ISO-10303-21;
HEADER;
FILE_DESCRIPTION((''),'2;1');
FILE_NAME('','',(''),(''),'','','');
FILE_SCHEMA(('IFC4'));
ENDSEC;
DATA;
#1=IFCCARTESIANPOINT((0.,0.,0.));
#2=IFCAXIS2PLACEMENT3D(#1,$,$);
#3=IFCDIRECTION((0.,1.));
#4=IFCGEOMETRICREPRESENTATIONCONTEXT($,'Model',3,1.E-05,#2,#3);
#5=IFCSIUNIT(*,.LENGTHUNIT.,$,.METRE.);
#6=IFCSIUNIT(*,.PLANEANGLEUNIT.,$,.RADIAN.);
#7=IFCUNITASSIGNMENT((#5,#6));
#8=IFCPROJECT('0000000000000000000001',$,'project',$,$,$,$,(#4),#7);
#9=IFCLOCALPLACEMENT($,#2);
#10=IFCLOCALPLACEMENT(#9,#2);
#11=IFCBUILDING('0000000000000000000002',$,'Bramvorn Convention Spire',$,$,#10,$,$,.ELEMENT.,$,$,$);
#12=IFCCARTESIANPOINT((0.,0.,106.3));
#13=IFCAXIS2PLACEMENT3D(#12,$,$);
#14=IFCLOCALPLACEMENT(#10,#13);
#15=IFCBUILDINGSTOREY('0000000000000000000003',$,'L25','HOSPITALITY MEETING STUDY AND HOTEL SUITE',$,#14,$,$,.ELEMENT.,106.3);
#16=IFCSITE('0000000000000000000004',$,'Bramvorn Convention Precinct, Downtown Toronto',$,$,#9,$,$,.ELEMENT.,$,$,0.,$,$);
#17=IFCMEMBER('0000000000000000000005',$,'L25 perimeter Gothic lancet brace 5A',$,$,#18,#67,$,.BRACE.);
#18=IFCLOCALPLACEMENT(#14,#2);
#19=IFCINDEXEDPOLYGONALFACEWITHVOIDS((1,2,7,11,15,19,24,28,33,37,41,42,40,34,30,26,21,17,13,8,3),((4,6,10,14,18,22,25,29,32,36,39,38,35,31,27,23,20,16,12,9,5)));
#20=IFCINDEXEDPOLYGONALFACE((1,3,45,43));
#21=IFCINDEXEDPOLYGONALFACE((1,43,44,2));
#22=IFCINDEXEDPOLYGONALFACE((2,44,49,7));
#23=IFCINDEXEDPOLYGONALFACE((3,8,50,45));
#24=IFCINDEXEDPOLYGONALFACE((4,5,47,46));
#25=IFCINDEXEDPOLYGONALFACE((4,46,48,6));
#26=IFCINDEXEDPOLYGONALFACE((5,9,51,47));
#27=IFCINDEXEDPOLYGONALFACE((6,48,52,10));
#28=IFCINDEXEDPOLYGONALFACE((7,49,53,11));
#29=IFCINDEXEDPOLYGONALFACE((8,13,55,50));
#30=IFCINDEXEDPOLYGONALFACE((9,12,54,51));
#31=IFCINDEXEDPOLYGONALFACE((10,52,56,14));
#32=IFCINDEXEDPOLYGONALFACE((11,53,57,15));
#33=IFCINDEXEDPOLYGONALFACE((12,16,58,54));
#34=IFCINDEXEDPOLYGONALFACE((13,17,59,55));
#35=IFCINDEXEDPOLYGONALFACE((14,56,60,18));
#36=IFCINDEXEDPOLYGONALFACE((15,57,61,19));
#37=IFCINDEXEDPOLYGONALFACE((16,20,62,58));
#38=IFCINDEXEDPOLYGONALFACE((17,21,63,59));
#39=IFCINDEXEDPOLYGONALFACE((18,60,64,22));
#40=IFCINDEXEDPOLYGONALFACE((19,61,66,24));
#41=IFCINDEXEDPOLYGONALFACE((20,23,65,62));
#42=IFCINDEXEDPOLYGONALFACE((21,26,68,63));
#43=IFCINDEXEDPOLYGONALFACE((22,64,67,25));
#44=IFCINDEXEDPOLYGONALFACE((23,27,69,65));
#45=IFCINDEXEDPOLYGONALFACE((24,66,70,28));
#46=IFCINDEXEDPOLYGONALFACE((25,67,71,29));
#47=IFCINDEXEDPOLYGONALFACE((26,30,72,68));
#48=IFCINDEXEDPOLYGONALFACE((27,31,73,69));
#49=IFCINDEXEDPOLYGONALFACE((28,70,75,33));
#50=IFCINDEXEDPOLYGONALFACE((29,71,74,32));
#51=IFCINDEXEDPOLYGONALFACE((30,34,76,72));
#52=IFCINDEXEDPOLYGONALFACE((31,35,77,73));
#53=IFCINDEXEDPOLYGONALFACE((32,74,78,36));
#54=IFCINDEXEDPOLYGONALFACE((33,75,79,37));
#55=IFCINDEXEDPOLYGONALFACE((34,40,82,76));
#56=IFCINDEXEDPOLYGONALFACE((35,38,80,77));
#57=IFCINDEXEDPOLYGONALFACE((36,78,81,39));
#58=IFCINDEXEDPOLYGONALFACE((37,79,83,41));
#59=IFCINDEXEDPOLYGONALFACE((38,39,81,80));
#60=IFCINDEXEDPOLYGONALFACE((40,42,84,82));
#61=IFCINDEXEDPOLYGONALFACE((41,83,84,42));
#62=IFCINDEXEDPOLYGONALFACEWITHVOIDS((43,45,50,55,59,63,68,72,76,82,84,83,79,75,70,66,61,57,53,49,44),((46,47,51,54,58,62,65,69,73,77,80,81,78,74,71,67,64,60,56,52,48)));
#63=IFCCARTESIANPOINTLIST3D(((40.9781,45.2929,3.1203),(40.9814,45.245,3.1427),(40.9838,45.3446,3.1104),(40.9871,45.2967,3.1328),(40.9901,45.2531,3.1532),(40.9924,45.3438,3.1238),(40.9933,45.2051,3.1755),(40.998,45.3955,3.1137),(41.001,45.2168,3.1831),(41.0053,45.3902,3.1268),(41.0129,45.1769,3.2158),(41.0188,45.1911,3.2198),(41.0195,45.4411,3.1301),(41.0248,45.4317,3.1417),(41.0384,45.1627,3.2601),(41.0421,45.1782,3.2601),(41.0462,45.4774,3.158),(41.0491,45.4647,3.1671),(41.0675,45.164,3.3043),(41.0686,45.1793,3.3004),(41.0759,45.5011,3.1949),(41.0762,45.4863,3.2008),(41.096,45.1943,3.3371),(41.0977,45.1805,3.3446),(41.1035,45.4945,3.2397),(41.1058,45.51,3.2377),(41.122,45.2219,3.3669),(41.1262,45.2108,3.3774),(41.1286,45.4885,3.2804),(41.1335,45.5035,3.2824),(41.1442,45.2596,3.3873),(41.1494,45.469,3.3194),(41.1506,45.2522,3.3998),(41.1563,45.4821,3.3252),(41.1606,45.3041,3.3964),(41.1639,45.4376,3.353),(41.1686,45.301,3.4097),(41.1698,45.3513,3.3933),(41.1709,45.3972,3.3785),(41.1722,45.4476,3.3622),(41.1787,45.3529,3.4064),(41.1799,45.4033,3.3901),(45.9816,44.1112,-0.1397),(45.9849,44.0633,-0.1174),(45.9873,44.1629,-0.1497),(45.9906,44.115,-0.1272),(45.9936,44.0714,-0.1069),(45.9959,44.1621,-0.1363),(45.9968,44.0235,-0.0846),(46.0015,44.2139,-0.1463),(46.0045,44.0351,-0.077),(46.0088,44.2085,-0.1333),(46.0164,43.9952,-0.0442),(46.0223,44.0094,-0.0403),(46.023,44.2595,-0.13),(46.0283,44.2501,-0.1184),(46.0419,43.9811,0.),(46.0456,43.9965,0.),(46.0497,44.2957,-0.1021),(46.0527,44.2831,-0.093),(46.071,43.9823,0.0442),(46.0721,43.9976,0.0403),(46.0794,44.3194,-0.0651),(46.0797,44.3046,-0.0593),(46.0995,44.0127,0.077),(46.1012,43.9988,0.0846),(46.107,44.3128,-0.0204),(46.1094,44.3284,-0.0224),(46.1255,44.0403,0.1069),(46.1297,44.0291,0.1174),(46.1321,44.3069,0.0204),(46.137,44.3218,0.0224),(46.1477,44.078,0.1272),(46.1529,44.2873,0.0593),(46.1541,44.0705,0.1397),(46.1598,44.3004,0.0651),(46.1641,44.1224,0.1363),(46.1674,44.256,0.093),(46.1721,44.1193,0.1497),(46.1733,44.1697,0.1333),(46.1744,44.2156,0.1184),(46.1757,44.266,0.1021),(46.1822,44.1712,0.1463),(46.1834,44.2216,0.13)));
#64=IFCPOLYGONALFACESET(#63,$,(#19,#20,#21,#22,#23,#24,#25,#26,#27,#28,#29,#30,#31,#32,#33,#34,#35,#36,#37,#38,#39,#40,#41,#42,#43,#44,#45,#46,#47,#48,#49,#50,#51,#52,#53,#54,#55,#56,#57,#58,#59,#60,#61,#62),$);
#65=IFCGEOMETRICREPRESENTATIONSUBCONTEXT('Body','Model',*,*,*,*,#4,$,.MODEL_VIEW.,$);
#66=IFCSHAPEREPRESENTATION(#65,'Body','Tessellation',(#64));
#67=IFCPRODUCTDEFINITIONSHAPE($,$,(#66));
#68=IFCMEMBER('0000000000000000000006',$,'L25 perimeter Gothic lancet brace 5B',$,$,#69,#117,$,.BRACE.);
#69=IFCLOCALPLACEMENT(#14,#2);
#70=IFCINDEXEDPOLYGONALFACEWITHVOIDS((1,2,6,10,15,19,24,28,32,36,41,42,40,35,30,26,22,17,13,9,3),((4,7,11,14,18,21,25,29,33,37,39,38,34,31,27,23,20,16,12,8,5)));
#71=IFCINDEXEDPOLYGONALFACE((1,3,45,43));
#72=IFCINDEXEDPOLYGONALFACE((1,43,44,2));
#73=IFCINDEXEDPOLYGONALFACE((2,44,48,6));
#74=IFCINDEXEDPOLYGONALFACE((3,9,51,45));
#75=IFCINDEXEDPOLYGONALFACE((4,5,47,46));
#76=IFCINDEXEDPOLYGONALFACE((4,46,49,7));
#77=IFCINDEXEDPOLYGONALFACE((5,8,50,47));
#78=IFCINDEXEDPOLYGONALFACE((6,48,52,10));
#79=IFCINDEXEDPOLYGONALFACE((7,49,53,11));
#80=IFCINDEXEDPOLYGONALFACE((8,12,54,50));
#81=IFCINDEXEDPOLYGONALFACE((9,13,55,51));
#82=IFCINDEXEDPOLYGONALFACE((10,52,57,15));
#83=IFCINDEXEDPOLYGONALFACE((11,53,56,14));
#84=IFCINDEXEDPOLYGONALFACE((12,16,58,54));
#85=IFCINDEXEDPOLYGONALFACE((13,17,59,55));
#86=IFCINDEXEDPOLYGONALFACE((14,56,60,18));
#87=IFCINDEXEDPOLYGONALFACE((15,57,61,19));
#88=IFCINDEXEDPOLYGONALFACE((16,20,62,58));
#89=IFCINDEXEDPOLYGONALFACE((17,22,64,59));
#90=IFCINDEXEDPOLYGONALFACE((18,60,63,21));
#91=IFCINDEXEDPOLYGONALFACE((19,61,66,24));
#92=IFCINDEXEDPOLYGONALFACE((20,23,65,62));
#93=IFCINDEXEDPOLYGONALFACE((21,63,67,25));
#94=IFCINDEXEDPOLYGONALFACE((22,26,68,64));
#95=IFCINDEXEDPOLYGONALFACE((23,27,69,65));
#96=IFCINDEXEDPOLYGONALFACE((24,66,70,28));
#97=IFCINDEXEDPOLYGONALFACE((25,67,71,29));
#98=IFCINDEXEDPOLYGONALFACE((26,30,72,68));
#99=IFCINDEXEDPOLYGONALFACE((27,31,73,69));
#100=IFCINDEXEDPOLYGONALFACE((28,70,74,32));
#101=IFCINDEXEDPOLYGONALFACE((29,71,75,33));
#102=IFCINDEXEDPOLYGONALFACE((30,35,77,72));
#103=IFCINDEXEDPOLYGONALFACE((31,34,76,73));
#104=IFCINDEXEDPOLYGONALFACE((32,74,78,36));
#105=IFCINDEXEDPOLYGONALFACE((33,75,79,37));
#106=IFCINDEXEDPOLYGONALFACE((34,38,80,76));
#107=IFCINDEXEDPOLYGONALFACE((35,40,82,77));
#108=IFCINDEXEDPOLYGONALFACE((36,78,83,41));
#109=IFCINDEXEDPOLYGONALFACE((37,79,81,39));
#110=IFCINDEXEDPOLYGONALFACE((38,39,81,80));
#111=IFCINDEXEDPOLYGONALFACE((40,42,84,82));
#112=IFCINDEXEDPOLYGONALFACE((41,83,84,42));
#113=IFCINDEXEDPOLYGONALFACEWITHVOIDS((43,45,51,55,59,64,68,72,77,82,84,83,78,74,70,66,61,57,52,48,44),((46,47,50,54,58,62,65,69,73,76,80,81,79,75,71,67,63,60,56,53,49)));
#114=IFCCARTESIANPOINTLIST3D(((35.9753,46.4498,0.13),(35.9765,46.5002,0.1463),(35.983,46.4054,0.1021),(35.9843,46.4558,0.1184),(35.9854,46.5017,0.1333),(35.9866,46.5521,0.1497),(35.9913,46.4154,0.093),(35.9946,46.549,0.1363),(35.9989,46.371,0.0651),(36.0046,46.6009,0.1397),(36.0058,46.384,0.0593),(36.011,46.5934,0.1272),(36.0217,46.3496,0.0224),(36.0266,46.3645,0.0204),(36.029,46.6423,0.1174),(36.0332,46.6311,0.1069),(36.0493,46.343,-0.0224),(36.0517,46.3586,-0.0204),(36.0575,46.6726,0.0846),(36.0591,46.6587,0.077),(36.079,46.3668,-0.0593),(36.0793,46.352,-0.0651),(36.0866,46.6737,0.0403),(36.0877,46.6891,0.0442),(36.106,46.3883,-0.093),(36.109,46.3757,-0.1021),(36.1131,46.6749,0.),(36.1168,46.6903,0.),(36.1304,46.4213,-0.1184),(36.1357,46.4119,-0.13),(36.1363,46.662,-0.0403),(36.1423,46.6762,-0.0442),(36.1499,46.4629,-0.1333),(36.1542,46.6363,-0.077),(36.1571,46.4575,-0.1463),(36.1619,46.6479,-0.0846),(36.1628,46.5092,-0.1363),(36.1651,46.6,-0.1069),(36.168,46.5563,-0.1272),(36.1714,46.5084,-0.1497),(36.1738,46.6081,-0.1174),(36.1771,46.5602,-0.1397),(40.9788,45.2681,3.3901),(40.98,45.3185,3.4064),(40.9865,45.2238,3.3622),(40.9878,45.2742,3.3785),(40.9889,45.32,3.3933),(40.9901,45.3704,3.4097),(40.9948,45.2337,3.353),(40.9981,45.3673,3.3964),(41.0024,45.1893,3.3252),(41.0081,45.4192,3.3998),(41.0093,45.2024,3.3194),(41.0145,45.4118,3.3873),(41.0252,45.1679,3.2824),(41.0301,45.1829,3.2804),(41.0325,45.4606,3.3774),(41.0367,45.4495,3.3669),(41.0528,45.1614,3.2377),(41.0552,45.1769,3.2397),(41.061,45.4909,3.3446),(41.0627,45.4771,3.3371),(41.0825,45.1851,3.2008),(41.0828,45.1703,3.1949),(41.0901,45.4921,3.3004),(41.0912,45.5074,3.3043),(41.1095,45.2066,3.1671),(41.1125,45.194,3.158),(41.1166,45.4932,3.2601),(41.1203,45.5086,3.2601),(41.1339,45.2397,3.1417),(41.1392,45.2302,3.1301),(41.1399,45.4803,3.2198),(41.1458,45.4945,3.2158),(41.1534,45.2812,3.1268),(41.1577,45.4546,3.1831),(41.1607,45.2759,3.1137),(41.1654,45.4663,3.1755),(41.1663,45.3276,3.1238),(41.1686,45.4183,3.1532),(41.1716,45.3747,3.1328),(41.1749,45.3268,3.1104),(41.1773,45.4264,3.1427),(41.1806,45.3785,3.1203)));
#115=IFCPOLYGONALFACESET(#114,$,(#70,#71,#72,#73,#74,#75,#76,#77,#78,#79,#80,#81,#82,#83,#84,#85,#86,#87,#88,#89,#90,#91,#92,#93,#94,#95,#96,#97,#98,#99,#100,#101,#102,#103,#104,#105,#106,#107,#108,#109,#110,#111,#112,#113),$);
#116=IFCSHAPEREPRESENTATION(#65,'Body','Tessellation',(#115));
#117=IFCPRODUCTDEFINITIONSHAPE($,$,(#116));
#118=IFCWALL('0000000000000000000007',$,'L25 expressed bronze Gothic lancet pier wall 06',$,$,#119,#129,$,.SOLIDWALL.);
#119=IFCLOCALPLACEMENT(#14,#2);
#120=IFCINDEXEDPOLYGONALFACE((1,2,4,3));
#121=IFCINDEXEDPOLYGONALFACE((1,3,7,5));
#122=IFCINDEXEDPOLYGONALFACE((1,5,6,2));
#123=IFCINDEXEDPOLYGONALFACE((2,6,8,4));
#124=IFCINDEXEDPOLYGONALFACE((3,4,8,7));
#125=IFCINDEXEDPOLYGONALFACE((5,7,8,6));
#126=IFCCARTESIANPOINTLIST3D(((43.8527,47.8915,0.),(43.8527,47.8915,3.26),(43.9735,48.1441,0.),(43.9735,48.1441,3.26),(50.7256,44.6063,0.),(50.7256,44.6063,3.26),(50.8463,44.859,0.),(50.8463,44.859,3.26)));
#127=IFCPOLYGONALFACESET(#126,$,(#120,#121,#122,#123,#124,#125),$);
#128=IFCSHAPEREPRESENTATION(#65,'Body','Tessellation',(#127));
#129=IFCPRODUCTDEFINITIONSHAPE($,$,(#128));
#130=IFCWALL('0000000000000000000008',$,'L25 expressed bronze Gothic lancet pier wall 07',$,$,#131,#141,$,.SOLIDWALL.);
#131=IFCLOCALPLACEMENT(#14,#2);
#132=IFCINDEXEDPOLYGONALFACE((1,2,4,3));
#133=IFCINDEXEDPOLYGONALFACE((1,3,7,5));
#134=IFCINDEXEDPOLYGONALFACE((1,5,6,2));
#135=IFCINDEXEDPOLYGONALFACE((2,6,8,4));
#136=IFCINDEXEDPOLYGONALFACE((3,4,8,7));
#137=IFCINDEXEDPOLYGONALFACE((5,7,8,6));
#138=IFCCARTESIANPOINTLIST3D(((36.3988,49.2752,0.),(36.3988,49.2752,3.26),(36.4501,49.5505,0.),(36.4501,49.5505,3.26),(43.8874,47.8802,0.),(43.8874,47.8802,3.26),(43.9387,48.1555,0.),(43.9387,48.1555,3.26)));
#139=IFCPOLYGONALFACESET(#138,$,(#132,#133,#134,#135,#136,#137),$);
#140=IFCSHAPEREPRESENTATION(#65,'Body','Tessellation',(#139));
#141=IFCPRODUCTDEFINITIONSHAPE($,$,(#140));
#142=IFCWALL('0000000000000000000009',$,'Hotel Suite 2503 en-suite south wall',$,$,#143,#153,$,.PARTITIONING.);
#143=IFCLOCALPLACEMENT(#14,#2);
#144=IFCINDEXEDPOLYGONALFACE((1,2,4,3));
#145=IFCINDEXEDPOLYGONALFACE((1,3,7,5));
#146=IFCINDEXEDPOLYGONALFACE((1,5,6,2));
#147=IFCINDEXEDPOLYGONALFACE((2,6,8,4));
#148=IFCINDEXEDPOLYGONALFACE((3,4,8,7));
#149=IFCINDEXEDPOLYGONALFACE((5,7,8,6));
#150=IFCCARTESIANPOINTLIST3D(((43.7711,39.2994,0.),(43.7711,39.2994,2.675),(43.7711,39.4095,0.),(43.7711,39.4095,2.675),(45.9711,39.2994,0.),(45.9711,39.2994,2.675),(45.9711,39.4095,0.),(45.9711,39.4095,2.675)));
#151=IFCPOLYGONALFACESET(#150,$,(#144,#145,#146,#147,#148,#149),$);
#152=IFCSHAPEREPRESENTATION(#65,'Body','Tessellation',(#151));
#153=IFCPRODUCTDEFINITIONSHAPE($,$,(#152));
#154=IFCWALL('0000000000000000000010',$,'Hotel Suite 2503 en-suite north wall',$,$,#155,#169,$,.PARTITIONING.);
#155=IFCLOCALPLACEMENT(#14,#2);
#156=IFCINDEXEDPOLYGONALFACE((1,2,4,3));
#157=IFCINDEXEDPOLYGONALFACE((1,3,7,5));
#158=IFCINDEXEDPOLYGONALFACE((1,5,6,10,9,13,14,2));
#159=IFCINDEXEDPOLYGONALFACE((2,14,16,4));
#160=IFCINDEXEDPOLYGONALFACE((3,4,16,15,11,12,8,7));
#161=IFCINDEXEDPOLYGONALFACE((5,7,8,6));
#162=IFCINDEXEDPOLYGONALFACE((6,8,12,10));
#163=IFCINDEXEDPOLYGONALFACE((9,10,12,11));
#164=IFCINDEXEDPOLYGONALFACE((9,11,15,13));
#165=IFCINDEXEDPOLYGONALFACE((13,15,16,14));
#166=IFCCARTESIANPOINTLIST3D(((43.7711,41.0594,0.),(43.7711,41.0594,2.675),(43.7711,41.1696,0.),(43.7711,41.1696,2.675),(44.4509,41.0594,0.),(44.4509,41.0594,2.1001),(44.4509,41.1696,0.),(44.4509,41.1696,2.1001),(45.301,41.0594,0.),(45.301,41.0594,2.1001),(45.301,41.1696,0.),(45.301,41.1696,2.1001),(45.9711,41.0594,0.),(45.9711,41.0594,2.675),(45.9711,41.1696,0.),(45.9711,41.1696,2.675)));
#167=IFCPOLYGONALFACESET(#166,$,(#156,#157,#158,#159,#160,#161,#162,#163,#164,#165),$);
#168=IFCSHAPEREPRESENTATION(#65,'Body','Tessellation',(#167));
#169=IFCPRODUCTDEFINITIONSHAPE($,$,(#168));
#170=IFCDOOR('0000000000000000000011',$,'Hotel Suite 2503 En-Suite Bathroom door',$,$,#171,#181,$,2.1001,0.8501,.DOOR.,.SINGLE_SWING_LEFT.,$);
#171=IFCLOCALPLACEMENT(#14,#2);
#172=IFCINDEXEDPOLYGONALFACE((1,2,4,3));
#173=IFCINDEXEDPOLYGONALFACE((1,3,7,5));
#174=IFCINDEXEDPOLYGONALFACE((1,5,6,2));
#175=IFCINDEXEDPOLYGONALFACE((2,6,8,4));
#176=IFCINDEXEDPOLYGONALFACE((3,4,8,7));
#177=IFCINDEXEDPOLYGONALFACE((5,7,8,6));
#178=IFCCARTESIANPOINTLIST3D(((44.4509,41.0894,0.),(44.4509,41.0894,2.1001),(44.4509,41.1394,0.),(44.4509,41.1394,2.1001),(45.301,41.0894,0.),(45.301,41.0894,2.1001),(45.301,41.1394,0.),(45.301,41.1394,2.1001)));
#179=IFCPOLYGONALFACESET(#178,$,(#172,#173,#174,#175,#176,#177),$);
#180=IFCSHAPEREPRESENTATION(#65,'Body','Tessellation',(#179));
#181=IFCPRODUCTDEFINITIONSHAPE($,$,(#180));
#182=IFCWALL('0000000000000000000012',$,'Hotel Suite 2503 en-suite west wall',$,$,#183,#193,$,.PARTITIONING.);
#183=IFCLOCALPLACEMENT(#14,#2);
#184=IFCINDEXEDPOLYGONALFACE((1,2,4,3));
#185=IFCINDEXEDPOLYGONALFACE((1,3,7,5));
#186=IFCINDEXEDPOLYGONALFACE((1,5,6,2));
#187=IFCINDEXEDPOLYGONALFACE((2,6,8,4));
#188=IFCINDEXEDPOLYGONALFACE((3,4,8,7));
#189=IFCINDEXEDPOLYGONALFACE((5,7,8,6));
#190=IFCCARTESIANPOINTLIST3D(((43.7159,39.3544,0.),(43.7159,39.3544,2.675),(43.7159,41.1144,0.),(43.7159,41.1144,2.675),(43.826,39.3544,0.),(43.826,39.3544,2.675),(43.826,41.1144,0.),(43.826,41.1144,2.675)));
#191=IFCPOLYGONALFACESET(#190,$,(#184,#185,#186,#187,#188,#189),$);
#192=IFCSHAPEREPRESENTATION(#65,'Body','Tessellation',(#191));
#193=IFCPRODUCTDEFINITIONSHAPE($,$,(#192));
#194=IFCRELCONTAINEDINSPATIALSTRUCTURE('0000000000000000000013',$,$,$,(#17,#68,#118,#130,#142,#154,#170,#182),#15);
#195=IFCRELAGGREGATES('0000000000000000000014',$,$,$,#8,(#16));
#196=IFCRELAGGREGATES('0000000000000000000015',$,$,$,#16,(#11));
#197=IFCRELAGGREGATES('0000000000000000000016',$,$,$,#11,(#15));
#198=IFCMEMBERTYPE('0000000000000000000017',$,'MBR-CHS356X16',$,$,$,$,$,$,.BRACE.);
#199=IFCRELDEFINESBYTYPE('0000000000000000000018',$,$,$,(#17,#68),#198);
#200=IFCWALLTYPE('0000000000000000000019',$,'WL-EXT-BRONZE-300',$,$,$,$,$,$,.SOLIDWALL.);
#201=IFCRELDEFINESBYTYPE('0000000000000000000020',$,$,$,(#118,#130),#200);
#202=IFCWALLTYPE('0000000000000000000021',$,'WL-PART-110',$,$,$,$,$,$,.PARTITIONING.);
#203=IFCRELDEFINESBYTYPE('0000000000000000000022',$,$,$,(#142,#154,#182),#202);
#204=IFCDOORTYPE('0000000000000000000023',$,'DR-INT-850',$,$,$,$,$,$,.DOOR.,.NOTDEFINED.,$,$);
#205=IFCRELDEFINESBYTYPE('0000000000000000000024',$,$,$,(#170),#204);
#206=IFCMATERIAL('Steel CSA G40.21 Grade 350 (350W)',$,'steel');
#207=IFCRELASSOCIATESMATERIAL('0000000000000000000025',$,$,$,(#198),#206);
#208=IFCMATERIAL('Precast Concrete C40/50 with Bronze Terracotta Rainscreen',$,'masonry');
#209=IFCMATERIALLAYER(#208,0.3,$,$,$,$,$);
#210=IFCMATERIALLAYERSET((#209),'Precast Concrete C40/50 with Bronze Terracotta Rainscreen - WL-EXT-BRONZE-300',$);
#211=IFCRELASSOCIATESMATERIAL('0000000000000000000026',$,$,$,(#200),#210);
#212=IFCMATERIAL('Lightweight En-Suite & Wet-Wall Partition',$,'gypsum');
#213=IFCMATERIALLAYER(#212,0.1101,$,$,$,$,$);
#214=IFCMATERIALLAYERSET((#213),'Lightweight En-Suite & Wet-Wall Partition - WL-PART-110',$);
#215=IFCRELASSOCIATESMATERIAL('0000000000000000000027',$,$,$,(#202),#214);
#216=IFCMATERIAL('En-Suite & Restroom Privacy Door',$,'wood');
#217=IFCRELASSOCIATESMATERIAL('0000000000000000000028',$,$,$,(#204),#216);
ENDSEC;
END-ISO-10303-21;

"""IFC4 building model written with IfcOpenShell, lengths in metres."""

from ifc_helpers import new_model, si_unit, direction, frame, frame_2d, origin, origin_2d, place, context, subcontext, project, spatial, rectangle, hollow_circle, extrude, material, layer, layer_set, material_profile, profile_set, type_object, element, fill, save


model = new_model("IFC4")

# Units and contexts
model_context = context("Model", 3, precision=1e-05, world=origin(), true_north=direction((0.0, 1.0)))
body_context = subcontext(model_context, "Body", "Model", "MODEL_VIEW")
ifc_project = project(units=[si_unit("LENGTHUNIT", "METRE"), si_unit("PLANEANGLEUNIT", "RADIAN")], contexts=[model_context])

# Site, building, storey
site_placement = place(None, origin())
site = spatial("IfcSite", under=ifc_project, at=site_placement, Name="Bramvorn Convention Precinct, Downtown Toronto", CompositionType="ELEMENT", RefElevation=0.0)
building_placement = place(site_placement, origin())
building = spatial("IfcBuilding", under=site, at=building_placement, Name="Bramvorn Convention Spire", CompositionType="ELEMENT")
storey_placement = place(building_placement, frame((0.0, 0.0, 106.3)))
storey = spatial("IfcBuildingStorey", under=building, at=storey_placement, Name="L25", Description="HOSPITALITY MEETING STUDY AND HOTEL SUITE", CompositionType="ELEMENT", Elevation=106.3)

# Shared definitions
ifc_material_1 = material(Name="Steel CSA G40.21 Grade 350 (350W)", Category="steel")

# Members
ifc_material_profile_1 = material_profile(ifc_material_1, hollow_circle(Radius=0.1777, WallThickness=0.0159, at=origin_2d()))
ifc_profile_set_1 = profile_set([ifc_material_profile_1], Name="Steel CSA G40.21 Grade 350 (350W) - CHS356X16")
member_type = type_object("IfcMemberType", Name="MBR-CHS356X16", PredefinedType="BRACE", material=ifc_profile_set_1)
for number, where, z_axis, x_axis, name in (
    (1, (46.0828, 44.1541, 0.0), (-0.821911, 0.194108, 0.535522), (-0.229844, -0.973228, 0.0), "L25 perimeter Gothic lancet brace 5A"),
    (2, (36.0759, 46.5173, 0.0), (0.821911, -0.194108, 0.535522), (0.229844, 0.973228, 0.0), "L25 perimeter Gothic lancet brace 5B"),
):
    element("IfcMember", number, at=place(storey_placement, frame(where, z_axis=z_axis, x_axis=x_axis)), inside=storey, type_object=member_type, Name=name, PredefinedType="BRACE", context=body_context, shape_type="SweptSolid", body=[
        extrude(hollow_circle(Radius=0.1777, WallThickness=0.0159, at=origin_2d()), origin(), (0.0, 0.0, 1.0), 6.0876),
    ])

# Walls
ifc_material_2 = material(Name="Precast Concrete C40/50 with Bronze Terracotta Rainscreen", Category="masonry")
ifc_layer_1 = layer(ifc_material_2, 0.3)
ifc_layer_set_1 = layer_set([ifc_layer_1], Name="Precast Concrete C40/50 with Bronze Terracotta Rainscreen - WL-EXT-BRONZE-300")
wall_type_1 = type_object("IfcWallType", Name="WL-EXT-BRONZE-300", PredefinedType="SOLIDWALL", material=ifc_layer_set_1)
wall_1_placement = place(storey_placement, frame((43.9131, 48.0178, 0.0), z_axis=(0.0, 0.0, 1.0), x_axis=(0.902228, -0.431259, 0.0)))
element("IfcWall", 3, at=wall_1_placement, inside=storey, type_object=wall_type_1, Name="L25 expressed bronze Gothic lancet pier wall 06", PredefinedType="SOLIDWALL", context=body_context, shape_type="SweptSolid", body=[
    extrude(rectangle(XDim=7.6177, YDim=0.28, at=frame_2d((3.8088, 0.0))), origin(), (0.0, 0.0, 1.0), 3.26),
])
wall_2_placement = place(storey_placement, frame((36.4246, 49.4128, 0.0), z_axis=(0.0, 0.0, 1.0), x_axis=(0.983087, -0.183137, 0.0)))
element("IfcWall", 4, at=wall_2_placement, inside=storey, type_object=wall_type_1, Name="L25 expressed bronze Gothic lancet pier wall 07", PredefinedType="SOLIDWALL", context=body_context, shape_type="SweptSolid", body=[
    extrude(rectangle(XDim=7.6174, YDim=0.28, at=frame_2d((3.8086, 0.0))), origin(), (0.0, 0.0, 1.0), 3.26),
])
ifc_material_3 = material(Name="Lightweight En-Suite & Wet-Wall Partition", Category="gypsum")
ifc_layer_2 = layer(ifc_material_3, 0.1101)
ifc_layer_set_2 = layer_set([ifc_layer_2], Name="Lightweight En-Suite & Wet-Wall Partition - WL-PART-110")
wall_type_2 = type_object("IfcWallType", Name="WL-PART-110", PredefinedType="PARTITIONING", material=ifc_layer_set_2)
wall_3_placement = place(storey_placement, frame((43.771, 39.3545, 0.0), z_axis=(0.0, 0.0, 1.0), x_axis=(1.0, 0.0, 0.0)))
element("IfcWall", 5, at=wall_3_placement, inside=storey, type_object=wall_type_2, Name="Hotel Suite 2503 en-suite south wall", PredefinedType="PARTITIONING", context=body_context, shape_type="SweptSolid", body=[
    extrude(rectangle(XDim=2.2, YDim=0.1101, at=frame_2d((1.1001, 0.0))), origin(), (0.0, 0.0, 1.0), 2.675),
])

# Wall, opening, door
wall_4_placement = place(storey_placement, frame((43.771, 41.1145, 0.0), z_axis=(0.0, 0.0, 1.0), x_axis=(1.0, 0.0, 0.0)))
wall_4 = element("IfcWall", 6, at=wall_4_placement, inside=storey, type_object=wall_type_2, Name="Hotel Suite 2503 en-suite north wall", PredefinedType="PARTITIONING", context=body_context, shape_type="SweptSolid", body=[
    extrude(rectangle(XDim=2.2, YDim=0.1101, at=frame_2d((1.1001, 0.0))), origin(), (0.0, 0.0, 1.0), 2.675),
])
opening_1_placement = place(wall_4_placement, frame((0.6799, 0.0, 0.0)))
opening_1 = element("IfcOpeningElement", 7, at=opening_1_placement, cuts=wall_4, PredefinedType="OPENING", context=body_context, shape_type="SweptSolid", body=[
    extrude(rectangle(XDim=0.8501, YDim=2.1001, at=frame_2d((0.425, 1.05))), frame((0.0, 0.0649, 0.0), z_axis=(0.0, -1.0, 0.0), x_axis=(1.0, 0.0, 0.0)), (0.0, 0.0, 1.0), 0.1301),
])
ifc_material_4 = material(Name="En-Suite & Restroom Privacy Door", Category="wood")
door_type = type_object("IfcDoorType", Name="DR-INT-850", OperationType="NOTDEFINED", PredefinedType="DOOR", material=ifc_material_4)
door_1_placement = place(opening_1_placement, origin())
door_1 = element("IfcDoor", 8, at=door_1_placement, inside=storey, type_object=door_type, Name="Hotel Suite 2503 En-Suite Bathroom door", OperationType="SINGLE_SWING_LEFT", OverallHeight=2.1001, OverallWidth=0.8501, PredefinedType="DOOR", context=body_context, shape_type="SweptSolid", body=[
    extrude(rectangle(XDim=0.8501, YDim=2.1001, at=frame_2d((0.425, 1.05))), frame((0.0, 0.0249, 0.0), z_axis=(0.0, -1.0, 0.0), x_axis=(1.0, 0.0, 0.0)), (0.0, 0.0, 1.0), 0.05),
])
fill(opening_1, door_1)

# Wall
for number, where, z_axis, x_axis, name in (
    (9, (43.771, 39.3545, 0.0), (0.0, 0.0, 1.0), (0.0, 1.0, 0.0), "Hotel Suite 2503 en-suite west wall"),
):
    element("IfcWall", number, at=place(storey_placement, frame(where, z_axis=z_axis, x_axis=x_axis)), inside=storey, type_object=wall_type_2, Name=name, PredefinedType="PARTITIONING", context=body_context, shape_type="SweptSolid", body=[
        extrude(rectangle(XDim=1.76, YDim=0.1101, at=frame_2d((0.8799, 0.0))), origin(), (0.0, 0.0, 1.0), 2.675),
    ])

save(model, "model.ifc")
